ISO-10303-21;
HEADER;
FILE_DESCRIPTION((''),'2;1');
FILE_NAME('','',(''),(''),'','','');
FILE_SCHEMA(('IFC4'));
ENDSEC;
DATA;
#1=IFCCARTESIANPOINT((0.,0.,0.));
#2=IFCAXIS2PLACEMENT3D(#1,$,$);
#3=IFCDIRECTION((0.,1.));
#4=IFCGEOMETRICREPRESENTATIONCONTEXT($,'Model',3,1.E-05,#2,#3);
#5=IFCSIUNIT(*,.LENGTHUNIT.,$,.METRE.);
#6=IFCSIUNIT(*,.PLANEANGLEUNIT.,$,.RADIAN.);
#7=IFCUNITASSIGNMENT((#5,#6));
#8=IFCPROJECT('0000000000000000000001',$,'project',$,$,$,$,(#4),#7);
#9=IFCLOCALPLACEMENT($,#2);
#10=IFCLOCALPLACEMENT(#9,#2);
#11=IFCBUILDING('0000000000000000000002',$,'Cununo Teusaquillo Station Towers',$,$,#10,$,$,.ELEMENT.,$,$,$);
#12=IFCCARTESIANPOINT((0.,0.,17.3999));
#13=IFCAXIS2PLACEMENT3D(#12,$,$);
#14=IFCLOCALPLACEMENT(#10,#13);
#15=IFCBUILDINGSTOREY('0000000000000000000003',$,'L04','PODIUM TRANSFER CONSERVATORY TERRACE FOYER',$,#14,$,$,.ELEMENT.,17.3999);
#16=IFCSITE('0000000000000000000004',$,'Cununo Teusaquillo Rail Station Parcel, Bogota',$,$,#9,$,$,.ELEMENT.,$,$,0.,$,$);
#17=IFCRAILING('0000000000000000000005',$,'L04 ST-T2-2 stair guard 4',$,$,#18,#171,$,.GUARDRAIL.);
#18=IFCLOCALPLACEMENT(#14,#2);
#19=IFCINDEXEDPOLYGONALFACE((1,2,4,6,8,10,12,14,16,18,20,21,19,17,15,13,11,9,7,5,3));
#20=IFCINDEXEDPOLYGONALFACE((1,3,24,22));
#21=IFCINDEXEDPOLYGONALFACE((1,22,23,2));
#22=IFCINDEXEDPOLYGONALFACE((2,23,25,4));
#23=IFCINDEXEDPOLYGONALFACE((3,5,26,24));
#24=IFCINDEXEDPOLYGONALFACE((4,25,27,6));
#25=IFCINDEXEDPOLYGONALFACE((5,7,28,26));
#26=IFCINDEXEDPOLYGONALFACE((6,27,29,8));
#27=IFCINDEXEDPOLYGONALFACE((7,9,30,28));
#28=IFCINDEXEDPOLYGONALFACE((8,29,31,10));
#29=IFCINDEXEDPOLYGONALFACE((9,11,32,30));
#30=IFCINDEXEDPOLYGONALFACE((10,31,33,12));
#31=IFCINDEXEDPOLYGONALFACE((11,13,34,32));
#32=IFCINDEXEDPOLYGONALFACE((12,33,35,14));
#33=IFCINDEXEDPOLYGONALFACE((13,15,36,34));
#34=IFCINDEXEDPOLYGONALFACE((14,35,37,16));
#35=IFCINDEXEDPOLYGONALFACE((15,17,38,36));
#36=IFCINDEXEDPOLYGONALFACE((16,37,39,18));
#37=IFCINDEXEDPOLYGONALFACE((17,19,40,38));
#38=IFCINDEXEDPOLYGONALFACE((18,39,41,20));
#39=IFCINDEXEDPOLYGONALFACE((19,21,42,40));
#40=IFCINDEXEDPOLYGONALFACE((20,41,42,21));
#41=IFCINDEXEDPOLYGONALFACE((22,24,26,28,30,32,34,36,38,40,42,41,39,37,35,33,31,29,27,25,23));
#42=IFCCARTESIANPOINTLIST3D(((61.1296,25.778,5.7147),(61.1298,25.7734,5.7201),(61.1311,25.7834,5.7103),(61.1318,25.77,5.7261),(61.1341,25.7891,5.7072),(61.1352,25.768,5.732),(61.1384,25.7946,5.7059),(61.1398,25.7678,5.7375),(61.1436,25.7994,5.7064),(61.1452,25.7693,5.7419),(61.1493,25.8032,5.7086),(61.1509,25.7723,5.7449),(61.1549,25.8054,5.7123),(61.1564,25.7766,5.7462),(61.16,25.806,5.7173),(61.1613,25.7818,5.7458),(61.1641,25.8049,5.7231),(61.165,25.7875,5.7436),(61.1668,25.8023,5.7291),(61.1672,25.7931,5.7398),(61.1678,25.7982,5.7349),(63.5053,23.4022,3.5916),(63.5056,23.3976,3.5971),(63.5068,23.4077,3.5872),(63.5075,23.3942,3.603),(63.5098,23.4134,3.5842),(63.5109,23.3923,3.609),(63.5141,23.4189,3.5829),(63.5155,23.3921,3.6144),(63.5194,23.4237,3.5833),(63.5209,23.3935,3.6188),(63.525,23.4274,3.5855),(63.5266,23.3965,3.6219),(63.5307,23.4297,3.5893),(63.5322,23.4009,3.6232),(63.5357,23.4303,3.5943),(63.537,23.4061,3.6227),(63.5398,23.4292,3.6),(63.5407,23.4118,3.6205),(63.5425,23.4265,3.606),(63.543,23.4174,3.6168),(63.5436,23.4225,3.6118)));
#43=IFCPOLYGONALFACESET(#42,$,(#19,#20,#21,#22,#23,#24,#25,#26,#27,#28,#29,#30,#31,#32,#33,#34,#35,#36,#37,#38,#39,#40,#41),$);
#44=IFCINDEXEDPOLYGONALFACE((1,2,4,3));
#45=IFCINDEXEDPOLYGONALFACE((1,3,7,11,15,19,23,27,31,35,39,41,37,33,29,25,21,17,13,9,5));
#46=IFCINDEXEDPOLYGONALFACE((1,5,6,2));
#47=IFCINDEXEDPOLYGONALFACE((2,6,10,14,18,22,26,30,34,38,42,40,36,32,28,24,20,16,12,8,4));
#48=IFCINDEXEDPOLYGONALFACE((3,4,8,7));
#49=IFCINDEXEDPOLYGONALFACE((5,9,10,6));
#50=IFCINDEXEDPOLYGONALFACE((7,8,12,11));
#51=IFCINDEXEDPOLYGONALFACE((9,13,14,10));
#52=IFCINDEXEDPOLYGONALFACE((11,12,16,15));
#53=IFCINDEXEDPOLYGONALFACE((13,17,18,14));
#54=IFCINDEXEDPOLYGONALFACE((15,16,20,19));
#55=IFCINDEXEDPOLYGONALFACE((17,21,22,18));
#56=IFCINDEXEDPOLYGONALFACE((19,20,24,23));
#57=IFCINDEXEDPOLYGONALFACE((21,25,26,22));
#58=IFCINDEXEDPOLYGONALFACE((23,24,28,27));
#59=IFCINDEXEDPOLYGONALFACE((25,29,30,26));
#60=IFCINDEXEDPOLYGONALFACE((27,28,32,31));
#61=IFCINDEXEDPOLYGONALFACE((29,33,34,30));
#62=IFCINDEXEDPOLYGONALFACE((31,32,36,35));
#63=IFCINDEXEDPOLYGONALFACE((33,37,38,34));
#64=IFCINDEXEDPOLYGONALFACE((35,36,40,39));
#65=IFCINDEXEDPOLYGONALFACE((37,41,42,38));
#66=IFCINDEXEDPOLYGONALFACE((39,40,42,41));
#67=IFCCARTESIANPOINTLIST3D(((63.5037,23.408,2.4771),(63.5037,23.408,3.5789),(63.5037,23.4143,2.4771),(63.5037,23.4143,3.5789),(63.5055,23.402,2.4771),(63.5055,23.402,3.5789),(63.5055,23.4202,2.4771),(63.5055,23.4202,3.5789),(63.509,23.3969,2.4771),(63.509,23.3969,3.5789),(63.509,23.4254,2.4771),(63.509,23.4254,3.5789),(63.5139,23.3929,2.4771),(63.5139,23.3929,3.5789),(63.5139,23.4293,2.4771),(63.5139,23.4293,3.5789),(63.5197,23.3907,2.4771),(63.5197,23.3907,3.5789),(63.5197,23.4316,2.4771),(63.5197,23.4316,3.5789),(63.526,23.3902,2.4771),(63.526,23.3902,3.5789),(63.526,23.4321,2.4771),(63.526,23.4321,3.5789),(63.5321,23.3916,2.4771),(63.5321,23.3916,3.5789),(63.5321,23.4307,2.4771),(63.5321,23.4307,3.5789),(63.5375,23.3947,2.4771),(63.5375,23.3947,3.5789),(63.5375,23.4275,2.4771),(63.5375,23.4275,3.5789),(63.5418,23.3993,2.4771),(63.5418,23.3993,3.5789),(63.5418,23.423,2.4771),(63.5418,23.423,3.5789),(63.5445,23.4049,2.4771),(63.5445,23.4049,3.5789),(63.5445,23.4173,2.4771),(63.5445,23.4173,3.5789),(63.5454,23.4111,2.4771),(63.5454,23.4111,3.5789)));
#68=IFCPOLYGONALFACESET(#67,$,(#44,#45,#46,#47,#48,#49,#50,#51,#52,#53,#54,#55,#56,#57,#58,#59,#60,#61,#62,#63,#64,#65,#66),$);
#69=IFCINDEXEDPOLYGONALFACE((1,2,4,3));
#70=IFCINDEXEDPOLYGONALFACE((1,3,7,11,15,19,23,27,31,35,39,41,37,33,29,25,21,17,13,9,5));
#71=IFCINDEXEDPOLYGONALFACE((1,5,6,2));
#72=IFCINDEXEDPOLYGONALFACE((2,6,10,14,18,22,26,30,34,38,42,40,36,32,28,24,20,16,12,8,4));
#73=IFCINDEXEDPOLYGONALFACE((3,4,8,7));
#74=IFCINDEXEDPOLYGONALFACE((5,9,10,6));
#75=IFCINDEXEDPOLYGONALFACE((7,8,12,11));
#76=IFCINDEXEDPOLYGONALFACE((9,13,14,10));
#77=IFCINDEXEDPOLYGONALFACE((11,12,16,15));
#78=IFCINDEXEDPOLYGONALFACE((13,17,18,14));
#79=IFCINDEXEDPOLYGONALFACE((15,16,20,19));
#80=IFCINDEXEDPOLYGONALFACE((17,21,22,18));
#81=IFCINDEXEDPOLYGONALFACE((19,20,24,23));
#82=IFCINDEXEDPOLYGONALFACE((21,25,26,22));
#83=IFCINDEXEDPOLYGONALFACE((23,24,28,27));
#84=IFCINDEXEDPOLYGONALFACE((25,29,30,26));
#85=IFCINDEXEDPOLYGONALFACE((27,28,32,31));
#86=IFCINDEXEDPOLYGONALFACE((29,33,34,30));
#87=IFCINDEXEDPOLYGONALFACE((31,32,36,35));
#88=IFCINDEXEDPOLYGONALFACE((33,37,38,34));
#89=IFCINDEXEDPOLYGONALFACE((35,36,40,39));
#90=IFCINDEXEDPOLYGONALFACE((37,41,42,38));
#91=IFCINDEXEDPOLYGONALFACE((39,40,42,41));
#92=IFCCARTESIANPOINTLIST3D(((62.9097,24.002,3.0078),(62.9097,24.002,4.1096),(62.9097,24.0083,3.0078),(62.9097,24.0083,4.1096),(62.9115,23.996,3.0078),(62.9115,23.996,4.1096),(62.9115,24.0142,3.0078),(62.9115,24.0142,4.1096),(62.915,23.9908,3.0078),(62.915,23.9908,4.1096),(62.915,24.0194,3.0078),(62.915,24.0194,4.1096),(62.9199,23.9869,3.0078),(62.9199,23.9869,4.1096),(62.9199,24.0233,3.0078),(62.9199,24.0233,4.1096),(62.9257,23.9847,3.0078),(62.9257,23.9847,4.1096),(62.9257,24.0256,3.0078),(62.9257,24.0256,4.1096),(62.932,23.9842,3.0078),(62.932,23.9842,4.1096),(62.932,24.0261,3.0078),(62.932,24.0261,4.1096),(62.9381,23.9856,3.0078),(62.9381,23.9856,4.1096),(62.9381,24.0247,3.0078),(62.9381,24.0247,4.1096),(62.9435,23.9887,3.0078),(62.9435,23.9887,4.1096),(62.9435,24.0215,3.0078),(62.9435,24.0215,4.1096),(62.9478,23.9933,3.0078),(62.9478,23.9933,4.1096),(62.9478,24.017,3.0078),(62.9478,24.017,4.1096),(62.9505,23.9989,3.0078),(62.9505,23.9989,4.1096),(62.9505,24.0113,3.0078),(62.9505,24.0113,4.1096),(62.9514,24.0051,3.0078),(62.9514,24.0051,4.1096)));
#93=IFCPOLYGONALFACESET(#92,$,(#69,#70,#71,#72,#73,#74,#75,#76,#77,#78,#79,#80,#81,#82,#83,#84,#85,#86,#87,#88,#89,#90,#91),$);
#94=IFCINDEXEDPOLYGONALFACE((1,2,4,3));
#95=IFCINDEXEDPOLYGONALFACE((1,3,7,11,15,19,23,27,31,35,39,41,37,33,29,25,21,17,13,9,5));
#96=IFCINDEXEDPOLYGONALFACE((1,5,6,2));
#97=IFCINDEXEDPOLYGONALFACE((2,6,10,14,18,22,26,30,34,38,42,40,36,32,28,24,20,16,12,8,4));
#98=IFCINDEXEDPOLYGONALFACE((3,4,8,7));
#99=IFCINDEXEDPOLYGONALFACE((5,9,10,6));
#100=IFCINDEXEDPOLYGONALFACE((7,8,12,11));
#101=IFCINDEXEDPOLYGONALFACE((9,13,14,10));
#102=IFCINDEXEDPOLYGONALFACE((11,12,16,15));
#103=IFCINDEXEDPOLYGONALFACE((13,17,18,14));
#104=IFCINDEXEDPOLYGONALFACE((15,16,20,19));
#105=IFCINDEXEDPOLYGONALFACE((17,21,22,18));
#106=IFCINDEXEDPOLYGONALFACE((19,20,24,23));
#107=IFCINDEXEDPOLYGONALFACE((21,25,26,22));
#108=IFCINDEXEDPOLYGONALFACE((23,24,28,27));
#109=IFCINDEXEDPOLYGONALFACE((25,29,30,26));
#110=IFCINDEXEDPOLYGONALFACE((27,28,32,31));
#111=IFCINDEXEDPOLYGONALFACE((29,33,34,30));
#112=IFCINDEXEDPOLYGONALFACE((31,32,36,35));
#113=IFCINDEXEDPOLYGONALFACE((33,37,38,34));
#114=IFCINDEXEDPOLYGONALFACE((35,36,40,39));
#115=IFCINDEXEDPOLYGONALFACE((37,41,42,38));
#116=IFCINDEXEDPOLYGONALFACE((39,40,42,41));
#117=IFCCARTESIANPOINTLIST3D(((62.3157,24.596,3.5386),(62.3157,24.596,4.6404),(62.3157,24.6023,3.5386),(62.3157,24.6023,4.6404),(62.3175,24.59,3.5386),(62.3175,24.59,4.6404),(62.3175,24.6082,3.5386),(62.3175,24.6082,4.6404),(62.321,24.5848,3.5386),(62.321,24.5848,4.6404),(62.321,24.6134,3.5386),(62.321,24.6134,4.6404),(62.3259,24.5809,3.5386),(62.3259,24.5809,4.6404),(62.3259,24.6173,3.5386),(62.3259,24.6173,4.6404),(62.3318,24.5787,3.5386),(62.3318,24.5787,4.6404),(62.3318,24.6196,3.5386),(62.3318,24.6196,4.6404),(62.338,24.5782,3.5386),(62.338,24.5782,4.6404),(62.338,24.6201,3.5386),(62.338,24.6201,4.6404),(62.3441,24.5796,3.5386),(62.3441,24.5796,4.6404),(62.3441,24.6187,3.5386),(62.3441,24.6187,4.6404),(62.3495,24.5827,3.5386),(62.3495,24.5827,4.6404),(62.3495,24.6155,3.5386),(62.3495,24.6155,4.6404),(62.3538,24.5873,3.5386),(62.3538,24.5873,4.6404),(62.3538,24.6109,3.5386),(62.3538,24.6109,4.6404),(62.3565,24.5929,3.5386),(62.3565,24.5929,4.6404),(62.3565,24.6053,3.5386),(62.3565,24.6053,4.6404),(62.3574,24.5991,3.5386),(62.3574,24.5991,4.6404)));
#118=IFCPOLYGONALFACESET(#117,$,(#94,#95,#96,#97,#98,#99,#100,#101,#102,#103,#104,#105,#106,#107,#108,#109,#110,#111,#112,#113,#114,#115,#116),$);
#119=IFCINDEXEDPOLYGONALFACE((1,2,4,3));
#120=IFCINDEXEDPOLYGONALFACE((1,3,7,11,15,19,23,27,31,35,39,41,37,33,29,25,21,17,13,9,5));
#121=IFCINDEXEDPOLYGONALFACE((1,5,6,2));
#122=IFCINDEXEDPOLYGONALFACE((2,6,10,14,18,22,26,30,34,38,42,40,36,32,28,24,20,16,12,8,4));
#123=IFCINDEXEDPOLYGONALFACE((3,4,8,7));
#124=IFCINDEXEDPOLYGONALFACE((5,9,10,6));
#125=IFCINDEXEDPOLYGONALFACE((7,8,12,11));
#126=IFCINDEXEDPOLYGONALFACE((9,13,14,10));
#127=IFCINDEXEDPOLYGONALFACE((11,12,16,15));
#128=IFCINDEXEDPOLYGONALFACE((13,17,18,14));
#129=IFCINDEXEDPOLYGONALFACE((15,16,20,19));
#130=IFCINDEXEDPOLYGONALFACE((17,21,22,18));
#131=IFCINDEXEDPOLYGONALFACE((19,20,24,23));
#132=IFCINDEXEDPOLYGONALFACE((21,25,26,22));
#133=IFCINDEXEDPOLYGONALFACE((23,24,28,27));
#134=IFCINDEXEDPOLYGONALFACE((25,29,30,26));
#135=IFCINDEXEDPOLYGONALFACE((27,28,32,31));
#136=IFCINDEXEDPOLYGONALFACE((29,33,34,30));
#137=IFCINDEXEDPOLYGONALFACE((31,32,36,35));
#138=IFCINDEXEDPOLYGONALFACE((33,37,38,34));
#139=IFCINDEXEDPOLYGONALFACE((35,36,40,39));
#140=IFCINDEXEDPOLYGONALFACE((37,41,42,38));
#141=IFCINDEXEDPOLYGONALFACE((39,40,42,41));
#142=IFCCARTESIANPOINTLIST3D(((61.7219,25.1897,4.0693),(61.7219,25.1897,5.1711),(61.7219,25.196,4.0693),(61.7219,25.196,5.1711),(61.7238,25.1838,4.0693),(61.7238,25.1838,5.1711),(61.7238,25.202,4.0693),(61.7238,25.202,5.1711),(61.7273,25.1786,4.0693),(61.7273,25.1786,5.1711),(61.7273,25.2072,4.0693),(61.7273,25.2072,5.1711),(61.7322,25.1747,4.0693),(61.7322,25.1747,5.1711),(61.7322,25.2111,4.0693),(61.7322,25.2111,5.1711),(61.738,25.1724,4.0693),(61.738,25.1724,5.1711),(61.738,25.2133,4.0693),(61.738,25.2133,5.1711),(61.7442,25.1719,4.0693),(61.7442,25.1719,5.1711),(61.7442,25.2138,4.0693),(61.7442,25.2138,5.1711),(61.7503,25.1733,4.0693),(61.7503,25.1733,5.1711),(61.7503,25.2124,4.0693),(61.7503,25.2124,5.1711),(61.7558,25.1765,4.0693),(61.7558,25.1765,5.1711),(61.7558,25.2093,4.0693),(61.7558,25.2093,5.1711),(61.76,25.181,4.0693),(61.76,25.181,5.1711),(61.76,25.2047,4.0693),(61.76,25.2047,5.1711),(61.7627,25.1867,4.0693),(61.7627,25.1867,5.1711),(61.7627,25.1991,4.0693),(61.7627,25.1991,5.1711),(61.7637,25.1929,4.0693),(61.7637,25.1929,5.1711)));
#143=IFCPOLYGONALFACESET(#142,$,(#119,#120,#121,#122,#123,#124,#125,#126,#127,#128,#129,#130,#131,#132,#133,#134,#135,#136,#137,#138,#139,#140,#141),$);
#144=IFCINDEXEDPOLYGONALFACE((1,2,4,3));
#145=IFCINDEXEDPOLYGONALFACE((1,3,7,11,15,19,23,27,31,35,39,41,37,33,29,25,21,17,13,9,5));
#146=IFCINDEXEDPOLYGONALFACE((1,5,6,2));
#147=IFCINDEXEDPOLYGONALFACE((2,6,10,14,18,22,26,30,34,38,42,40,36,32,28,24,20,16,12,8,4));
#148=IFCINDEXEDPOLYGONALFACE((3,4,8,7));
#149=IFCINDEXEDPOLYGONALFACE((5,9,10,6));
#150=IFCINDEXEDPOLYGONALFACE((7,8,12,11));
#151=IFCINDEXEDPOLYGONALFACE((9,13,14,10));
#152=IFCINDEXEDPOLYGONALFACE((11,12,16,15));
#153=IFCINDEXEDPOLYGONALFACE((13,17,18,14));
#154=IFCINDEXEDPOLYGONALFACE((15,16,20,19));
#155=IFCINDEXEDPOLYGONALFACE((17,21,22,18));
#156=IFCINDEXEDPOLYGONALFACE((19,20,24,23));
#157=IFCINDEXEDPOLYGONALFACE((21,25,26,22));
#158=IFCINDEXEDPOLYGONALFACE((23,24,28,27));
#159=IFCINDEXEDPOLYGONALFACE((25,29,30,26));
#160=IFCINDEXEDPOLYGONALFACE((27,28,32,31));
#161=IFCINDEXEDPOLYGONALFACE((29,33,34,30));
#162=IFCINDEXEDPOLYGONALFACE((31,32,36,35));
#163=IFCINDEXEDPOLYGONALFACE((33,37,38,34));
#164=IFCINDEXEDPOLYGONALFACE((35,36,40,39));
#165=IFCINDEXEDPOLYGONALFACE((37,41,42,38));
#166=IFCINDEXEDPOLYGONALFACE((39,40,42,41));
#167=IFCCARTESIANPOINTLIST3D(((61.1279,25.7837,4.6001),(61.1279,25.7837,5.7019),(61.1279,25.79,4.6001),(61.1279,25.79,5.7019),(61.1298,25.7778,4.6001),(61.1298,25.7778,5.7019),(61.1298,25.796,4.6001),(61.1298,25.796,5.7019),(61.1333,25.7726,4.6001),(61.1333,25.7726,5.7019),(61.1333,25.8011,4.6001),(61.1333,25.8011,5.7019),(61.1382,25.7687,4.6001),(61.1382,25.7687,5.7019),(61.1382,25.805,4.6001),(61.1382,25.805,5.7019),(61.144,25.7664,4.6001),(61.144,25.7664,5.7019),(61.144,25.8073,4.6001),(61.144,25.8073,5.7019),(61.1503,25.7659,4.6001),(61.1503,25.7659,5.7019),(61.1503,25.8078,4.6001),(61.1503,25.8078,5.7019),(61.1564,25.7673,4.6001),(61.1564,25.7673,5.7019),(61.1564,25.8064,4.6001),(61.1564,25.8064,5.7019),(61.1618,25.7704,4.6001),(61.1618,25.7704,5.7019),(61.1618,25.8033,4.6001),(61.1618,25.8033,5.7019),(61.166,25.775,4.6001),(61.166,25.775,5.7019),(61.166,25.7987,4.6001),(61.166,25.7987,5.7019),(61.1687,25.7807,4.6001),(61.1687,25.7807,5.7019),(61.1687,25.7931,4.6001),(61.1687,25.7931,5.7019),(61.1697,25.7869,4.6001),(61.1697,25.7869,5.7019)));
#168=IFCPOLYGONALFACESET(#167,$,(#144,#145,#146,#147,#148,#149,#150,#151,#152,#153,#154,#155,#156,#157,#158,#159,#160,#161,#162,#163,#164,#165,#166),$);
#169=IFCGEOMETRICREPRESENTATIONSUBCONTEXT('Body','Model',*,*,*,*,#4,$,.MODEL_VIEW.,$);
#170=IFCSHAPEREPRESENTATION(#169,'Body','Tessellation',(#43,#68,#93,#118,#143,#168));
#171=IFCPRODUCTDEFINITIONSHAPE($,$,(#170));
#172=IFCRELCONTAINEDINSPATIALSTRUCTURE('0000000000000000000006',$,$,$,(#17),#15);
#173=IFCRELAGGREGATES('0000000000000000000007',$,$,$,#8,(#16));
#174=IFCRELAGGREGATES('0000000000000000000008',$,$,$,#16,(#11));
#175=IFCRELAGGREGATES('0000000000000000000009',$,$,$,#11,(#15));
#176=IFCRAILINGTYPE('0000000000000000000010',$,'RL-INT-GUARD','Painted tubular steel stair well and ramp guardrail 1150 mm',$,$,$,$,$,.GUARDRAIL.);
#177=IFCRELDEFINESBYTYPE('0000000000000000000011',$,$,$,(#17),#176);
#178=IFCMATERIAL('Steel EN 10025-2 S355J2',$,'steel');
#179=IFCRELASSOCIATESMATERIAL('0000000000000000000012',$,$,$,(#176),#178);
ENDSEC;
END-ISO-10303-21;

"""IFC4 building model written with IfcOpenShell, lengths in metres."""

from ifc_helpers import new_model, si_unit, direction, frame, origin, origin_2d, place, context, subcontext, project, spatial, circle, extrude, material, type_object, element, save


model = new_model("IFC4")

# Units and contexts
model_context = context("Model", 3, precision=1e-05, world=origin(), true_north=direction((0.0, 1.0)))
body_context = subcontext(model_context, "Body", "Model", "MODEL_VIEW")
ifc_project = project(units=[si_unit("LENGTHUNIT", "METRE"), si_unit("PLANEANGLEUNIT", "RADIAN")], contexts=[model_context])

# Site, building, storey
site_placement = place(None, origin())
site = spatial("IfcSite", under=ifc_project, at=site_placement, Name="Cununo Teusaquillo Rail Station Parcel, Bogota", CompositionType="ELEMENT", RefElevation=0.0)
building_placement = place(site_placement, origin())
building = spatial("IfcBuilding", under=site, at=building_placement, Name="Cununo Teusaquillo Station Towers", CompositionType="ELEMENT")
storey_placement = place(building_placement, frame((0.0, 0.0, 17.3999)))
storey = spatial("IfcBuildingStorey", under=building, at=storey_placement, Name="L04", Description="PODIUM TRANSFER CONSERVATORY TERRACE FOYER", CompositionType="ELEMENT", Elevation=17.3999)

# Railing
ifc_material_1 = material(Name="Steel EN 10025-2 S355J2", Category="steel")
railing_type_1 = type_object("IfcRailingType", Name="RL-INT-GUARD", Description="Painted tubular steel stair well and ramp guardrail 1150 mm", PredefinedType="GUARDRAIL", material=ifc_material_1)
railing_1_placement = place(storey_placement, frame((63.5244, 23.4111, 2.4771)))
element("IfcRailing", 1, at=railing_1_placement, inside=storey, type_object=railing_type_1, Name="L04 ST-T2-2 stair guard 4", PredefinedType="GUARDRAIL", context=body_context, shape_type="SweptSolid", body=[
    extrude(circle(Radius=0.0239, at=origin_2d()), frame((0.0, 0.0, 1.126), z_axis=(-0.597765, 0.597765, 0.534186), x_axis=(-0.707107, -0.707107, 0.0)), (0.0, 0.0, 1.0), 3.9744),
    extrude(circle(Radius=0.021, at=origin_2d()), origin(), (0.0, 0.0, 1.0), 1.1018),
    extrude(circle(Radius=0.021, at=origin_2d()), frame((-0.594, 0.594, 0.5308)), (0.0, 0.0, 1.0), 1.1018),
    extrude(circle(Radius=0.021, at=origin_2d()), frame((-1.188, 1.188, 1.0615)), (0.0, 0.0, 1.0), 1.1018),
    extrude(circle(Radius=0.021, at=origin_2d()), frame((-1.7817, 1.7817, 1.5923)), (0.0, 0.0, 1.0), 1.1018),
    extrude(circle(Radius=0.021, at=origin_2d()), frame((-2.3757, 2.3757, 2.123)), (0.0, 0.0, 1.0), 1.1018),
])

save(model, "model.ifc")
